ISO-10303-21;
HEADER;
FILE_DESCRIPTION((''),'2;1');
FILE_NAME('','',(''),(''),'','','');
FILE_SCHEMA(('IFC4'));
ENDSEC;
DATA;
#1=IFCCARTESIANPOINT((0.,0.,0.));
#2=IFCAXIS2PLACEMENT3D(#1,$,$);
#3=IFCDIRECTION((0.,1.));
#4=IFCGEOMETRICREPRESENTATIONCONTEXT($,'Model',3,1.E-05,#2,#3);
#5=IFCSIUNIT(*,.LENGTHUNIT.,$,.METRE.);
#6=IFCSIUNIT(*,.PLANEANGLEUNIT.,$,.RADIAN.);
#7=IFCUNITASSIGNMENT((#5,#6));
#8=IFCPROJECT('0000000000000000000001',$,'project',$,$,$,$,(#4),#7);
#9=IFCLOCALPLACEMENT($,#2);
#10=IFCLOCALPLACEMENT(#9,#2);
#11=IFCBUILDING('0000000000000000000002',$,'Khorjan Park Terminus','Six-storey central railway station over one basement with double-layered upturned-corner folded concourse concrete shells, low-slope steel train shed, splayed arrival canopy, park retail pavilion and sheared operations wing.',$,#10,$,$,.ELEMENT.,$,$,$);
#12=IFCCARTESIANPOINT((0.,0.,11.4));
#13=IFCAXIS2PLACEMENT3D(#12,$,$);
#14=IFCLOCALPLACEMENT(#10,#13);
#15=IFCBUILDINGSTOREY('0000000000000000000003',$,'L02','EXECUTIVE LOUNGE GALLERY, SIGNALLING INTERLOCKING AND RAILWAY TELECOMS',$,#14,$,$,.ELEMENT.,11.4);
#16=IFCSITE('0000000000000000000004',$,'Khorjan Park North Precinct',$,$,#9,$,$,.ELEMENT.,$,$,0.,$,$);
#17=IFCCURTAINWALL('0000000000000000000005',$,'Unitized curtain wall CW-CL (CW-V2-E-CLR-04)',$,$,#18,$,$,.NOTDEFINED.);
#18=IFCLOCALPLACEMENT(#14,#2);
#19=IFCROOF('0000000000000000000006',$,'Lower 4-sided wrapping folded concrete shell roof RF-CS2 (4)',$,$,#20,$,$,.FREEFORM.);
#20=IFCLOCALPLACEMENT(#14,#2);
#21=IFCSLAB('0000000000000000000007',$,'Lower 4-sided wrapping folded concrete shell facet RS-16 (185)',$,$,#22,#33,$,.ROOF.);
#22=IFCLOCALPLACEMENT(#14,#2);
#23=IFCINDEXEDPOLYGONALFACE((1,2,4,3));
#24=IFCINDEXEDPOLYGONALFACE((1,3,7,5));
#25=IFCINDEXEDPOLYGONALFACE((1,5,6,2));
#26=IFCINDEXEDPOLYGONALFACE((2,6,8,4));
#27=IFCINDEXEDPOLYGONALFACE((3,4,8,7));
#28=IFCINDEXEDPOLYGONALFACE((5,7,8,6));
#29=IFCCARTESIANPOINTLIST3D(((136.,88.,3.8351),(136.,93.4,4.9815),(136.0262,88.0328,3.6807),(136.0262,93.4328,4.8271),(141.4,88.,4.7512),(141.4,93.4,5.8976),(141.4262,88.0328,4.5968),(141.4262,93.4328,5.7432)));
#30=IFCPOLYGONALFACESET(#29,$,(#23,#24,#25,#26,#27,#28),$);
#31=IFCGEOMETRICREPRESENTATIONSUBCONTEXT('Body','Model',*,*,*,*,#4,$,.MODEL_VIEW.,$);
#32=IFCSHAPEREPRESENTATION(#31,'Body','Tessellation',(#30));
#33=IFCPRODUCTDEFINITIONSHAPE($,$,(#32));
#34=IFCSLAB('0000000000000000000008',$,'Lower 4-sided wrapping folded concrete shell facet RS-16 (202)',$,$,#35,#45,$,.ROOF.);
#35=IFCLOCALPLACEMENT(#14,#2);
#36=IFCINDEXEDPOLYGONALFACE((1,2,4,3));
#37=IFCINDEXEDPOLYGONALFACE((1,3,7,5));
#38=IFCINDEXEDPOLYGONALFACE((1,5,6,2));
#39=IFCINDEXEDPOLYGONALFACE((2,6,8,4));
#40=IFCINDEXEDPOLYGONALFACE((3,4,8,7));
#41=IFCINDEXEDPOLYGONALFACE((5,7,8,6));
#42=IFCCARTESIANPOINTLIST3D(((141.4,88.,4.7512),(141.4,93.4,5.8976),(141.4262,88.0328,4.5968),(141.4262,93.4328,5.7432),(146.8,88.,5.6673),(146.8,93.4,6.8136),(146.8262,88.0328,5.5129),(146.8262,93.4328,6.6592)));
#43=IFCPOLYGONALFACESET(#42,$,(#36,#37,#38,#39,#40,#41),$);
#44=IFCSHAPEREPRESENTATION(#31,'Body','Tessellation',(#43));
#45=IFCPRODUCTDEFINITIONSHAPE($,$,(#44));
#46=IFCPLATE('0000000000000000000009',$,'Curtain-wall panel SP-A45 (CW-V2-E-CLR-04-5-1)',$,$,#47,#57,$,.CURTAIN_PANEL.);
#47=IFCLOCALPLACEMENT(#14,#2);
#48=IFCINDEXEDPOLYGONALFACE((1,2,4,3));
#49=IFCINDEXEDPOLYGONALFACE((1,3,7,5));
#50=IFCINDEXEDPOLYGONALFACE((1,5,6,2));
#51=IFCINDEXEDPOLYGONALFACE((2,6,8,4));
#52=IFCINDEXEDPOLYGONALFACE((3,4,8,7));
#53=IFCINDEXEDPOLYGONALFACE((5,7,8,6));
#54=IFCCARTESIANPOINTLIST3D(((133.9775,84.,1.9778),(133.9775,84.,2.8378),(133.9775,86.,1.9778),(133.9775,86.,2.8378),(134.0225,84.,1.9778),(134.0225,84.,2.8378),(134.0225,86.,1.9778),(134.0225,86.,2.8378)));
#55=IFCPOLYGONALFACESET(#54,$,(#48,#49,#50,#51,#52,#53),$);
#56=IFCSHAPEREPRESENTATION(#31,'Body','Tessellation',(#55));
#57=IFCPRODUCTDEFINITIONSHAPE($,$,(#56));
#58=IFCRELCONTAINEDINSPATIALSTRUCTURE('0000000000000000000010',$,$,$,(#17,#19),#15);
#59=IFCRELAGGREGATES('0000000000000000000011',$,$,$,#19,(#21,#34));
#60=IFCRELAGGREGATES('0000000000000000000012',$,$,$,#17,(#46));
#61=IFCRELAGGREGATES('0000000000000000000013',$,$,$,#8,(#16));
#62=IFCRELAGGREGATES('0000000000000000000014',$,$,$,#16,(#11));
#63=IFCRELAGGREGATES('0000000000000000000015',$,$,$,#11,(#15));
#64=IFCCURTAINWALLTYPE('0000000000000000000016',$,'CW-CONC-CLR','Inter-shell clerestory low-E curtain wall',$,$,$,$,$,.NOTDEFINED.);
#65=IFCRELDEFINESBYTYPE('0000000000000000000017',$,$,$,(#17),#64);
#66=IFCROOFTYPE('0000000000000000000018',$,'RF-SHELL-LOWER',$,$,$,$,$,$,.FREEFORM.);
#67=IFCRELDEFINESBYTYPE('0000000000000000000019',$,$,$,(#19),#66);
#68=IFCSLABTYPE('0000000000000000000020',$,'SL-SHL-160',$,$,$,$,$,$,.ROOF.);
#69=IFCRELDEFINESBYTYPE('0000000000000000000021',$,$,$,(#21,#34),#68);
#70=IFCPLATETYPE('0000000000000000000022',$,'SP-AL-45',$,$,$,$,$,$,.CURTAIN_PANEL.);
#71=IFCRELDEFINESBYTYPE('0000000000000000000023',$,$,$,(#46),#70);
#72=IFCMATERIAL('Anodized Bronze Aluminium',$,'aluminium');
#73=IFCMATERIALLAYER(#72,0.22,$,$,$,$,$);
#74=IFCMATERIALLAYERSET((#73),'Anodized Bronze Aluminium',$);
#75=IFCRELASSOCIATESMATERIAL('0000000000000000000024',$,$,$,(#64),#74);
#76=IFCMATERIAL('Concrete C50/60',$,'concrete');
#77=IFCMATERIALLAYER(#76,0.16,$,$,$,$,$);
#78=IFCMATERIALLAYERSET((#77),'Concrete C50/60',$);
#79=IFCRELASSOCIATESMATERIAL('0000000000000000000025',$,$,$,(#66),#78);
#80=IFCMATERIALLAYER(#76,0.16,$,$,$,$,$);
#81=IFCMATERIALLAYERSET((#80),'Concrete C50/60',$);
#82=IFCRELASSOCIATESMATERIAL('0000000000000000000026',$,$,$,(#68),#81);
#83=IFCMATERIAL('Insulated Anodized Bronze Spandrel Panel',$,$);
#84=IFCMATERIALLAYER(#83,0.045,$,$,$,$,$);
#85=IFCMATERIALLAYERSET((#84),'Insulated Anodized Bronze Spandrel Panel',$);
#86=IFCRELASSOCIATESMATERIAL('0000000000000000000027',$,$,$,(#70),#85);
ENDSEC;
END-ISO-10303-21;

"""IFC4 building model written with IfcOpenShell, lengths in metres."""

from ifc_helpers import new_model, si_unit, direction, frame, origin, origin_2d, place, context, subcontext, project, spatial, polyline, rectangle, outline, extrude, material, layer, layer_set, type_object, element, aggregate, save


model = new_model("IFC4")

# Units and contexts
model_context = context("Model", 3, precision=1e-05, world=origin(), true_north=direction((0.0, 1.0)))
body_context = subcontext(model_context, "Body", "Model", "MODEL_VIEW")
ifc_project = project(units=[si_unit("LENGTHUNIT", "METRE"), si_unit("PLANEANGLEUNIT", "RADIAN")], contexts=[model_context])

# Site, building, storey
site_placement = place(None, origin())
site = spatial("IfcSite", under=ifc_project, at=site_placement, Name="Khorjan Park North Precinct", CompositionType="ELEMENT", RefElevation=0.0)
building_placement = place(site_placement, origin())
building = spatial("IfcBuilding", under=site, at=building_placement, Name="Khorjan Park Terminus", Description="Six-storey central railway station over one basement with double-layered upturned-corner folded concourse concrete shells, low-slope steel train shed, splayed arrival canopy, park retail pavilion and sheared operations wing.", CompositionType="ELEMENT")
storey_placement = place(building_placement, frame((0.0, 0.0, 11.4)))
storey = spatial("IfcBuildingStorey", under=building, at=storey_placement, Name="L02", Description="EXECUTIVE LOUNGE GALLERY, SIGNALLING INTERLOCKING AND RAILWAY TELECOMS", CompositionType="ELEMENT", Elevation=11.4)

# Shared definitions
ifc_material_1 = material(Name="Concrete C50/60", Category="concrete")

# Curtain wall
ifc_material_2 = material(Name="Anodized Bronze Aluminium", Category="aluminium")
ifc_layer_1 = layer(ifc_material_2, 0.22)
ifc_layer_set_1 = layer_set([ifc_layer_1], Name="Anodized Bronze Aluminium")
curtain_wall_type = type_object("IfcCurtainWallType", Name="CW-CONC-CLR", Description="Inter-shell clerestory low-E curtain wall", PredefinedType="NOTDEFINED", material=ifc_layer_set_1)
curtain_wall_1_placement = place(storey_placement, origin())
curtain_wall_1 = element("IfcCurtainWall", 1, at=curtain_wall_1_placement, inside=storey, type_object=curtain_wall_type, Name="Unitized curtain wall CW-CL (CW-V2-E-CLR-04)", PredefinedType="NOTDEFINED")

# Roof, slabs
ifc_layer_2 = layer(ifc_material_1, 0.16)
ifc_layer_set_2 = layer_set([ifc_layer_2], Name="Concrete C50/60")
roof_type = type_object("IfcRoofType", Name="RF-SHELL-LOWER", PredefinedType="FREEFORM", material=ifc_layer_set_2)
roof_placement = place(storey_placement, origin())
roof = element("IfcRoof", 2, at=roof_placement, inside=storey, type_object=roof_type, Name="Lower 4-sided wrapping folded concrete shell roof RF-CS2 (4)", PredefinedType="FREEFORM")
ifc_layer_3 = layer(ifc_material_1, 0.16)
ifc_layer_set_3 = layer_set([ifc_layer_3], Name="Concrete C50/60")
slab_type = type_object("IfcSlabType", Name="SL-SHL-160", PredefinedType="ROOF", material=ifc_layer_set_3)
slab_1_placement = place(storey_placement, frame((136.0, 88.0, 3.8351), z_axis=(-0.163711, -0.204866, 0.965002), x_axis=(0.985913, 0.0, 0.167258)))
slab_1 = element("IfcSlab", 3, at=slab_1_placement, type_object=slab_type, Name="Lower 4-sided wrapping folded concrete shell facet RS-16 (185)", PredefinedType="ROOF", context=body_context, shape_type="SweptSolid", body=[
    extrude(outline(polyline([(0.0, 0.0), (5.4772, 0.0), (5.6689, 5.517), (0.1917, 5.517), (0.0, 0.0)])), origin(), (0.0, 0.0, -1.0), 0.16),
])
slab_2_placement = place(storey_placement, frame((141.4, 88.0, 4.7512), z_axis=(-0.163702, -0.204858, 0.965005), x_axis=(0.985915, 0.000002, 0.16725)))
slab_2 = element("IfcSlab", 4, at=slab_2_placement, type_object=slab_type, Name="Lower 4-sided wrapping folded concrete shell facet RS-16 (202)", PredefinedType="ROOF", context=body_context, shape_type="SweptSolid", body=[
    extrude(outline(polyline([(0.0, 0.0), (5.4772, 0.0), (5.6689, 5.517), (0.1917, 5.517), (0.0, 0.0)])), origin(), (0.0, 0.0, -1.0), 0.16),
])
aggregate(roof, [slab_1, slab_2])

# Plate
ifc_material_3 = material(Name="Insulated Anodized Bronze Spandrel Panel")
ifc_layer_4 = layer(ifc_material_3, 0.045)
ifc_layer_set_4 = layer_set([ifc_layer_4], Name="Insulated Anodized Bronze Spandrel Panel")
plate_type_1 = type_object("IfcPlateType", Name="SP-AL-45", PredefinedType="CURTAIN_PANEL", material=ifc_layer_set_4)
plate_1_placement = place(storey_placement, frame((134.0, 85.0, 1.9778), z_axis=(0.0, 0.0, 1.0), x_axis=(0.0, 1.0, 0.0)))
plate_1 = element("IfcPlate", 5, at=plate_1_placement, type_object=plate_type_1, Name="Curtain-wall panel SP-A45 (CW-V2-E-CLR-04-5-1)", PredefinedType="CURTAIN_PANEL", context=body_context, shape_type="SweptSolid", body=[
    extrude(rectangle(XDim=2.0, YDim=0.045, at=origin_2d()), origin(), (0.0, 0.0, 1.0), 0.86),
])
aggregate(curtain_wall_1, [plate_1])

save(model, "model.ifc")
